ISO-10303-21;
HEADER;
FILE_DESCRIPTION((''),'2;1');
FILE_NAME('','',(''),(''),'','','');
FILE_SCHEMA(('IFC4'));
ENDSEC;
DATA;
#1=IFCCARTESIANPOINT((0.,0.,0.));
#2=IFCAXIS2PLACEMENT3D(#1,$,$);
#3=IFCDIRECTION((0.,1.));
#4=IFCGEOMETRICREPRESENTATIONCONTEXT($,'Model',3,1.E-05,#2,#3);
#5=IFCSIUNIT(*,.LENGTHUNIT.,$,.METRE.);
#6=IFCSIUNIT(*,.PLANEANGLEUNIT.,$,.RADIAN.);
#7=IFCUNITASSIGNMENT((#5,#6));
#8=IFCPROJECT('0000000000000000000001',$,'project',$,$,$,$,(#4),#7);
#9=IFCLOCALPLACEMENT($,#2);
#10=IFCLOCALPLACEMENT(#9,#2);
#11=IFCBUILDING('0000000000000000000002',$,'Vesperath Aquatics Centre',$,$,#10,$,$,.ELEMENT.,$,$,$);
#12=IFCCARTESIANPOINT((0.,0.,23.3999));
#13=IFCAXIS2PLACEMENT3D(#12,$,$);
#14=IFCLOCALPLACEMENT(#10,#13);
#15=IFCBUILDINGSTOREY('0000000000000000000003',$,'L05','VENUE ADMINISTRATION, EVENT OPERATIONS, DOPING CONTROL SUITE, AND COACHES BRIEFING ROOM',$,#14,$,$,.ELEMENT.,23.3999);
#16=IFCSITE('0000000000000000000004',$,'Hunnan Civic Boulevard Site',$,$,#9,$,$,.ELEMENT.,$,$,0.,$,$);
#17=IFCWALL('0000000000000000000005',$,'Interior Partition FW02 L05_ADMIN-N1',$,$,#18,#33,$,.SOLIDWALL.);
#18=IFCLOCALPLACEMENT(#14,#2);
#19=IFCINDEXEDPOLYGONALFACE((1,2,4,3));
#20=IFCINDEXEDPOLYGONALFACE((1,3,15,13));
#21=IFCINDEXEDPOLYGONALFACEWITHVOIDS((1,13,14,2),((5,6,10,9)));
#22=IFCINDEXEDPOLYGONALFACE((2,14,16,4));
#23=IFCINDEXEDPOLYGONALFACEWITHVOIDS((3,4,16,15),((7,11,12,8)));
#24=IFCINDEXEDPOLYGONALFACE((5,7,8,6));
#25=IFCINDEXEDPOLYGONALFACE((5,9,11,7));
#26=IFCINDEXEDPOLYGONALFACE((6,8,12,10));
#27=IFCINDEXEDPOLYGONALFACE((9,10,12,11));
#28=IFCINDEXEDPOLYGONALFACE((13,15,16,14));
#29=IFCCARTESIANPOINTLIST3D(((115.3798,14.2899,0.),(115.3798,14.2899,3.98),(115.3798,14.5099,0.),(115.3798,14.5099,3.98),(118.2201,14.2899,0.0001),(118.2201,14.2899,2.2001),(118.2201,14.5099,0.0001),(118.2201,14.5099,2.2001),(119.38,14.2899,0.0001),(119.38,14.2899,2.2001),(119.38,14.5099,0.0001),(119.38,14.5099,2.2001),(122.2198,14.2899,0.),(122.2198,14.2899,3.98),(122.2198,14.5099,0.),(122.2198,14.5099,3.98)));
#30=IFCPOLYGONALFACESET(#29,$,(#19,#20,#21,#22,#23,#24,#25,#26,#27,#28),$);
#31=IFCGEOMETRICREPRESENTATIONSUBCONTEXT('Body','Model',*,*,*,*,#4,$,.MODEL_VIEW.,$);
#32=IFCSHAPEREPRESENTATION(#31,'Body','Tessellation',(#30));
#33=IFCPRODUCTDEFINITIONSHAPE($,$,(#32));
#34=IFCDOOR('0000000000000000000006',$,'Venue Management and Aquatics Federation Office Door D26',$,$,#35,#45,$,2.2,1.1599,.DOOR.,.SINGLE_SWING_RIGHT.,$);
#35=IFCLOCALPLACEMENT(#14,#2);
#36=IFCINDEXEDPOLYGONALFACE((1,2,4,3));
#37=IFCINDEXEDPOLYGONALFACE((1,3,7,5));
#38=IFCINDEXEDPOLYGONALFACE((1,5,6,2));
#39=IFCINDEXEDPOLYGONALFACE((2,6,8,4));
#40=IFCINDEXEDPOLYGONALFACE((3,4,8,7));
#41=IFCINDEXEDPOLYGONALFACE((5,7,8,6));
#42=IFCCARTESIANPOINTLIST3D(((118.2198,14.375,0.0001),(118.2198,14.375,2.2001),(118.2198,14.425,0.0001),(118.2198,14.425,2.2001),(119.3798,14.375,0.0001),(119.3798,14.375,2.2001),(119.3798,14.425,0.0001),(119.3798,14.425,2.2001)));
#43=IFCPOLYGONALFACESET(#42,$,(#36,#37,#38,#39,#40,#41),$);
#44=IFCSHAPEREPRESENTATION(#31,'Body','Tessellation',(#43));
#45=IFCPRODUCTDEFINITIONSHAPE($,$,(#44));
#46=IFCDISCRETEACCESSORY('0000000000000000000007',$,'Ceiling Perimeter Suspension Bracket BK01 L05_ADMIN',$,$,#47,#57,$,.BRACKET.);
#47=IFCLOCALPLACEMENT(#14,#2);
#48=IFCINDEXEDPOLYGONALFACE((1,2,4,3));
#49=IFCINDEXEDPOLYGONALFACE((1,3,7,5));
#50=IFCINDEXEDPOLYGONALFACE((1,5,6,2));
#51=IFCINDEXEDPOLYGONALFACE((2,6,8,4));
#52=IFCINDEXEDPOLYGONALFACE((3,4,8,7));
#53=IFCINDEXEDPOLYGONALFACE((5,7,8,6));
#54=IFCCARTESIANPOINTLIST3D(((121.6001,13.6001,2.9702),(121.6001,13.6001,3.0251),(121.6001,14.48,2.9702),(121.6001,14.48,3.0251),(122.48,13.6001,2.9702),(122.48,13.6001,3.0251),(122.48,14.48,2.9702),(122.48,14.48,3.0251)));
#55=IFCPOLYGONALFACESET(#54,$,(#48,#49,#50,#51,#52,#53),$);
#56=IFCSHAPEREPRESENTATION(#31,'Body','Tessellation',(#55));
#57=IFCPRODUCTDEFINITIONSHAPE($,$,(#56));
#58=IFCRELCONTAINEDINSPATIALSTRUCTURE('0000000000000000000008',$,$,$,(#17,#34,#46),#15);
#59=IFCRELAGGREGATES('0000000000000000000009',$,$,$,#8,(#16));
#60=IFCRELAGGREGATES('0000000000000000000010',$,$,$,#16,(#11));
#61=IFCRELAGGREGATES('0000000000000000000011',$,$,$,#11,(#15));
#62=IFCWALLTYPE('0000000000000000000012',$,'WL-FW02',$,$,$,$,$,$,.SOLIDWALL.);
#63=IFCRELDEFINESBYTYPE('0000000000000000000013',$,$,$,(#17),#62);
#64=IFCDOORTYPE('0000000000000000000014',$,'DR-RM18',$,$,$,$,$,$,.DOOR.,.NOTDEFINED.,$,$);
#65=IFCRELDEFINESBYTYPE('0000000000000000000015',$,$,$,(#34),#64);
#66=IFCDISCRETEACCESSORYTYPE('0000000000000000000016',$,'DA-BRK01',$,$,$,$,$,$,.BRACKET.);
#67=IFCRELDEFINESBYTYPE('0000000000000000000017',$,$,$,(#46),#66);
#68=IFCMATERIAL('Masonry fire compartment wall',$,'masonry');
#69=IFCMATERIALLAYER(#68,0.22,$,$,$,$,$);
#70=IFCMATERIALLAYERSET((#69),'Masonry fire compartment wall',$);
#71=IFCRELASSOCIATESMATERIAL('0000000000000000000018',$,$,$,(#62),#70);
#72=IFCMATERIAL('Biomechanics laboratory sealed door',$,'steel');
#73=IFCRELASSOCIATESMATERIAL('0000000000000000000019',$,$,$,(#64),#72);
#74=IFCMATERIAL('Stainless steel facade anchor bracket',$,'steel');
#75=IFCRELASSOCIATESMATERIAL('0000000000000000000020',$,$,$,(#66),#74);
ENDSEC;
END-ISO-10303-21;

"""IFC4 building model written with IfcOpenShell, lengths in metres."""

from ifc_helpers import new_model, si_unit, direction, frame, frame_2d, origin, origin_2d, place, context, subcontext, project, spatial, rectangle, extrude, material, layer, layer_set, type_object, element, fill, save


model = new_model("IFC4")

# Units and contexts
model_context = context("Model", 3, precision=1e-05, world=origin(), true_north=direction((0.0, 1.0)))
body_context = subcontext(model_context, "Body", "Model", "MODEL_VIEW")
ifc_project = project(units=[si_unit("LENGTHUNIT", "METRE"), si_unit("PLANEANGLEUNIT", "RADIAN")], contexts=[model_context])

# Site, building, storey
site_placement = place(None, origin())
site = spatial("IfcSite", under=ifc_project, at=site_placement, Name="Hunnan Civic Boulevard Site", CompositionType="ELEMENT", RefElevation=0.0)
building_placement = place(site_placement, origin())
building = spatial("IfcBuilding", under=site, at=building_placement, Name="Vesperath Aquatics Centre", CompositionType="ELEMENT")
storey_placement = place(building_placement, frame((0.0, 0.0, 23.3999)))
storey = spatial("IfcBuildingStorey", under=building, at=storey_placement, Name="L05", Description="VENUE ADMINISTRATION, EVENT OPERATIONS, DOPING CONTROL SUITE, AND COACHES BRIEFING ROOM", CompositionType="ELEMENT", Elevation=23.3999)

# Wall, opening, door
ifc_material_1 = material(Name="Masonry fire compartment wall", Category="masonry")
ifc_layer_1 = layer(ifc_material_1, 0.22)
ifc_layer_set_1 = layer_set([ifc_layer_1], Name="Masonry fire compartment wall")
wall_type = type_object("IfcWallType", Name="WL-FW02", PredefinedType="SOLIDWALL", material=ifc_layer_set_1)
wall_placement = place(storey_placement, frame((115.3799, 14.3999, 0.0), z_axis=(0.0, 0.0, 1.0), x_axis=(1.0, 0.0, 0.0)))
wall = element("IfcWall", 1, at=wall_placement, inside=storey, type_object=wall_type, Name="Interior Partition FW02 L05_ADMIN-N1", PredefinedType="SOLIDWALL", context=body_context, shape_type="SweptSolid", body=[
    extrude(rectangle(XDim=6.8401, YDim=0.22, at=frame_2d((3.4199, 0.0))), origin(), (0.0, 0.0, 1.0), 3.98),
])
opening_placement = place(wall_placement, frame((2.8401, 0.0, 0.0)))
opening = element("IfcOpeningElement", 2, at=opening_placement, cuts=wall, PredefinedType="OPENING", context=body_context, shape_type="SweptSolid", body=[
    extrude(rectangle(XDim=1.1599, YDim=2.2, at=frame_2d((0.5801, 1.1001))), frame((0.0, 0.125, 0.0), z_axis=(0.0, -1.0, 0.0), x_axis=(1.0, 0.0, 0.0)), (0.0, 0.0, 1.0), 0.2498),
])
ifc_material_2 = material(Name="Biomechanics laboratory sealed door", Category="steel")
door_type = type_object("IfcDoorType", Name="DR-RM18", OperationType="NOTDEFINED", PredefinedType="DOOR", material=ifc_material_2)
door_placement = place(opening_placement, frame((1.1599, 0.0, 0.0), z_axis=(0.0, 0.0, 1.0), x_axis=(-1.0, 0.0, 0.0)))
door = element("IfcDoor", 3, at=door_placement, inside=storey, type_object=door_type, Name="Venue Management and Aquatics Federation Office Door D26", OperationType="SINGLE_SWING_RIGHT", OverallHeight=2.2, OverallWidth=1.1599, PredefinedType="DOOR", context=body_context, shape_type="SweptSolid", body=[
    extrude(rectangle(XDim=1.1599, YDim=2.2, at=frame_2d((0.5801, 1.1001))), frame((0.0, 0.0249, 0.0), z_axis=(0.0, -1.0, 0.0), x_axis=(1.0, 0.0, 0.0)), (0.0, 0.0, 1.0), 0.05),
])
fill(opening, door)

# Discrete accessory
ifc_material_3 = material(Name="Stainless steel facade anchor bracket", Category="steel")
discrete_accessory_type = type_object("IfcDiscreteAccessoryType", Name="DA-BRK01", PredefinedType="BRACKET", material=ifc_material_3)
discrete_accessory_placement = place(storey_placement, frame((122.04, 14.04, 2.9702), z_axis=(0.0, 0.0, 1.0), x_axis=(1.0, 0.0, 0.0)))
element("IfcDiscreteAccessory", 4, at=discrete_accessory_placement, inside=storey, type_object=discrete_accessory_type, Name="Ceiling Perimeter Suspension Bracket BK01 L05_ADMIN", PredefinedType="BRACKET", context=body_context, shape_type="SweptSolid", body=[
    extrude(rectangle(XDim=0.8799, YDim=0.8799, at=origin_2d()), origin(), (0.0, 0.0, 1.0), 0.0549),
])

save(model, "model.ifc")
